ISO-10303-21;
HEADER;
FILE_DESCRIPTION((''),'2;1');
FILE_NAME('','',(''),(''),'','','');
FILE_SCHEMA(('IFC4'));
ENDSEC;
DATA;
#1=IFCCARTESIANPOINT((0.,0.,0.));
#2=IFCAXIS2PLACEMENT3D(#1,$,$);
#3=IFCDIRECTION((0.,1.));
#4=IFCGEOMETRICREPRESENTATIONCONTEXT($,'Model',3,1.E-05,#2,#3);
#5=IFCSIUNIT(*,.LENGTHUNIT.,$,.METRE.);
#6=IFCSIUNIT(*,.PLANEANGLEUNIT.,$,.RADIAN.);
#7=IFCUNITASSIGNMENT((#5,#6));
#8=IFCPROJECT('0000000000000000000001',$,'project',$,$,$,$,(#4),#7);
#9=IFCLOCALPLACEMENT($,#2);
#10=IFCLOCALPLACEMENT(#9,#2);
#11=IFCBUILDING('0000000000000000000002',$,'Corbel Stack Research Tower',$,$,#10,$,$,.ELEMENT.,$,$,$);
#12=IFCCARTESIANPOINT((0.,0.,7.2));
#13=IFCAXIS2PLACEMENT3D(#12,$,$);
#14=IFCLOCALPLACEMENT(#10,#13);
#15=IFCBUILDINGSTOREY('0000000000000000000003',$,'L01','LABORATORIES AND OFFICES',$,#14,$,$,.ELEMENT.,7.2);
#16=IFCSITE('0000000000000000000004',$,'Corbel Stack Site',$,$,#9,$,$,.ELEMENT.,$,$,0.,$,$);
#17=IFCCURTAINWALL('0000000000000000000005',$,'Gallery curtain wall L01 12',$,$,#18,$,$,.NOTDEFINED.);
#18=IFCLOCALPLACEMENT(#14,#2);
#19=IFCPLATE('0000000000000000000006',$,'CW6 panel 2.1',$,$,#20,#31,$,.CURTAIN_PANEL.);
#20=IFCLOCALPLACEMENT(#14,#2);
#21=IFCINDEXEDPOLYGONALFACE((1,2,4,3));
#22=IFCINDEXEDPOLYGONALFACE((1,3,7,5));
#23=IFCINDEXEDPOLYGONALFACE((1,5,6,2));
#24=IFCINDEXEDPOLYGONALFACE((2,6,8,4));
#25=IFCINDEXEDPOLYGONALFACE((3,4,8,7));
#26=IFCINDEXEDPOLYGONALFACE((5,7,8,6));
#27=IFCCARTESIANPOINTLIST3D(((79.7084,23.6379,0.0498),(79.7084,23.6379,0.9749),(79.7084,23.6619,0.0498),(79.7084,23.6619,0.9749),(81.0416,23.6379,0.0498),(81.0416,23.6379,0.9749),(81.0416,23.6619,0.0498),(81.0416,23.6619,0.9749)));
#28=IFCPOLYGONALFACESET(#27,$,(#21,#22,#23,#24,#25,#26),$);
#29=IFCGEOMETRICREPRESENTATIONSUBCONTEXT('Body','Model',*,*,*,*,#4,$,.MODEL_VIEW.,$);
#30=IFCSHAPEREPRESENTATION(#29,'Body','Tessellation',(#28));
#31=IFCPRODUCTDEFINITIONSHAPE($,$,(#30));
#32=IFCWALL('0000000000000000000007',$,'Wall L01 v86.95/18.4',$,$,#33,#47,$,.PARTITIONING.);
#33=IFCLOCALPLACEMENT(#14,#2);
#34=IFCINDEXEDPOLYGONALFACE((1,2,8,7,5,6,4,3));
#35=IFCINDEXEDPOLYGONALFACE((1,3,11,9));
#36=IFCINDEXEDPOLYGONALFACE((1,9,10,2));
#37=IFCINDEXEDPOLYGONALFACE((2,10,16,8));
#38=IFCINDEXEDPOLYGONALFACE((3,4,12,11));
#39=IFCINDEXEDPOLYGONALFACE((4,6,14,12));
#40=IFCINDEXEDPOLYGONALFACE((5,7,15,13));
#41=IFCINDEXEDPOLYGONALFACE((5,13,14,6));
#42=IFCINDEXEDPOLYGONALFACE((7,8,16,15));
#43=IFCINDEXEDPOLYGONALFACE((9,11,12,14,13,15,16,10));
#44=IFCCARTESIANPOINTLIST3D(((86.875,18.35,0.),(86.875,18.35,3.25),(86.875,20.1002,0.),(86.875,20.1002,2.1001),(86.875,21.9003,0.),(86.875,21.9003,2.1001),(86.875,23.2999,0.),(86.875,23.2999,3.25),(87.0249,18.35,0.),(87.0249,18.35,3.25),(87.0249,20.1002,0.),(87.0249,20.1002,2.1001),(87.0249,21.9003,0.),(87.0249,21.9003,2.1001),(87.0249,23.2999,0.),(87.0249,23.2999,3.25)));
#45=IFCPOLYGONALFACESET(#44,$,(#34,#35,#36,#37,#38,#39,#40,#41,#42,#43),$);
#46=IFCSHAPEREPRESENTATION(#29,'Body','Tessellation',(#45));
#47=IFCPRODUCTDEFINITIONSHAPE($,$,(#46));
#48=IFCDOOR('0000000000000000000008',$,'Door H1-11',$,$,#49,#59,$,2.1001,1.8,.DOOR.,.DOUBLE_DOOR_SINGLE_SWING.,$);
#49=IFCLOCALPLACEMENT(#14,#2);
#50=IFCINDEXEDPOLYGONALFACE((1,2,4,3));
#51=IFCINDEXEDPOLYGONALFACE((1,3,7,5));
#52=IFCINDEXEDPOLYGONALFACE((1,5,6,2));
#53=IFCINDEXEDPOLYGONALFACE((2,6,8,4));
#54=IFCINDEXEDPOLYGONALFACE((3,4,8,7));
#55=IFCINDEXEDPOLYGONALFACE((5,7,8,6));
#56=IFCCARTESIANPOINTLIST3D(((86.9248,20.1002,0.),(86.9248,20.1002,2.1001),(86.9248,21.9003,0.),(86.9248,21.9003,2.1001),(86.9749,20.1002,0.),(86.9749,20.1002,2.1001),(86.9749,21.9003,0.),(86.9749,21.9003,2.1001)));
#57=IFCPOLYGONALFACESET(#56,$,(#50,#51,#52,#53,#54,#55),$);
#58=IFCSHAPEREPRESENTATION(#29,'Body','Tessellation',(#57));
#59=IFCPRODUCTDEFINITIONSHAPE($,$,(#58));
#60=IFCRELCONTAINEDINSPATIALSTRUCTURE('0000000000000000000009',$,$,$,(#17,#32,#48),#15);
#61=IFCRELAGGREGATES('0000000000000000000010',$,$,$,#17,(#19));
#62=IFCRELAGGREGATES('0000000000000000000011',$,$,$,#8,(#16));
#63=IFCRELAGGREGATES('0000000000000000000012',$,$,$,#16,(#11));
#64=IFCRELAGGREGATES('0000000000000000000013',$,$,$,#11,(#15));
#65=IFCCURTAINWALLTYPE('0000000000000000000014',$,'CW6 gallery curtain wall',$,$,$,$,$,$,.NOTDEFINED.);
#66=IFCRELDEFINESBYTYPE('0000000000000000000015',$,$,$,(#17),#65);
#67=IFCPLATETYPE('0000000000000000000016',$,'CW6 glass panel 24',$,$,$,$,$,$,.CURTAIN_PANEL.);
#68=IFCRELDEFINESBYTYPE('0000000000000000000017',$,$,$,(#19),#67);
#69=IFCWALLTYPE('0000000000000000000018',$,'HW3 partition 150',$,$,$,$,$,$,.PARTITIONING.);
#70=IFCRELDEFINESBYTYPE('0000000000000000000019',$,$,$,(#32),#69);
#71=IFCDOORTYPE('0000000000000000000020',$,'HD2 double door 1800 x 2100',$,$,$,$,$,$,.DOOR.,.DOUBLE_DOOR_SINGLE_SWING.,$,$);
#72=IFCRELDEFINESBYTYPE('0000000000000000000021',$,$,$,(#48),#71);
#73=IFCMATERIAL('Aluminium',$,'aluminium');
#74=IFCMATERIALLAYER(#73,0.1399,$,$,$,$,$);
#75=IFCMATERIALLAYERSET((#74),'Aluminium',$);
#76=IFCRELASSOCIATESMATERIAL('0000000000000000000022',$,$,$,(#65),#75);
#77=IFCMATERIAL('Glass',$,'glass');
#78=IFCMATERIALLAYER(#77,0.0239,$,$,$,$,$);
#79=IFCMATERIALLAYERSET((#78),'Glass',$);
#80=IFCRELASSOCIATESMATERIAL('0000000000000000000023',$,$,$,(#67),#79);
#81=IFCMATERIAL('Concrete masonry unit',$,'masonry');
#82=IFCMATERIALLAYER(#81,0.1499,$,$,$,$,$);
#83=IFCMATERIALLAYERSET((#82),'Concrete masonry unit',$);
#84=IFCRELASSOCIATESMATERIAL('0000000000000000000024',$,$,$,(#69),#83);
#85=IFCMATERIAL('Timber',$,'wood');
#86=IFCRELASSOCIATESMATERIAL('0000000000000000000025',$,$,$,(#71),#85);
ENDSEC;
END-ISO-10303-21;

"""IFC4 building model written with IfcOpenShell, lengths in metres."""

from ifc_helpers import new_model, si_unit, direction, frame, frame_2d, origin, origin_2d, place, context, subcontext, project, spatial, rectangle, extrude, material, layer, layer_set, type_object, element, fill, aggregate, save


model = new_model("IFC4")

# Units and contexts
model_context = context("Model", 3, precision=1e-05, world=origin(), true_north=direction((0.0, 1.0)))
body_context = subcontext(model_context, "Body", "Model", "MODEL_VIEW")
ifc_project = project(units=[si_unit("LENGTHUNIT", "METRE"), si_unit("PLANEANGLEUNIT", "RADIAN")], contexts=[model_context])

# Site, building, storey
site_placement = place(None, origin())
site = spatial("IfcSite", under=ifc_project, at=site_placement, Name="Corbel Stack Site", CompositionType="ELEMENT", RefElevation=0.0)
building_placement = place(site_placement, origin())
building = spatial("IfcBuilding", under=site, at=building_placement, Name="Corbel Stack Research Tower", CompositionType="ELEMENT")
storey_placement = place(building_placement, frame((0.0, 0.0, 7.2)))
storey = spatial("IfcBuildingStorey", under=building, at=storey_placement, Name="L01", Description="LABORATORIES AND OFFICES", CompositionType="ELEMENT", Elevation=7.2)

# Shared definitions
ifc_material_1 = material(Name="Aluminium", Category="aluminium")
ifc_layer_1 = layer(ifc_material_1, 0.1399)
ifc_layer_set_1 = layer_set([ifc_layer_1], Name="Aluminium")
curtain_wall_type = type_object("IfcCurtainWallType", Name="CW6 gallery curtain wall", PredefinedType="NOTDEFINED", material=ifc_layer_set_1)

# Curtain wall
curtain_wall_1_placement = place(storey_placement, origin())
curtain_wall_1 = element("IfcCurtainWall", 1, at=curtain_wall_1_placement, inside=storey, type_object=curtain_wall_type, Name="Gallery curtain wall L01 12", PredefinedType="NOTDEFINED")

# Plate
ifc_material_2 = material(Name="Glass", Category="glass")
ifc_layer_2 = layer(ifc_material_2, 0.0239)
ifc_layer_set_2 = layer_set([ifc_layer_2], Name="Glass")
plate_type = type_object("IfcPlateType", Name="CW6 glass panel 24", PredefinedType="CURTAIN_PANEL", material=ifc_layer_set_2)
plate_1_placement = place(storey_placement, frame((80.375, 23.6499, 0.0498), z_axis=(0.0, 0.0, 1.0), x_axis=(1.0, 0.0, 0.0)))
plate_1 = element("IfcPlate", 2, at=plate_1_placement, type_object=plate_type, Name="CW6 panel 2.1", PredefinedType="CURTAIN_PANEL", context=body_context, shape_type="SweptSolid", body=[
    extrude(rectangle(XDim=1.3333, YDim=0.0239, at=origin_2d()), origin(), (0.0, 0.0, 1.0), 0.925),
])
aggregate(curtain_wall_1, [plate_1])

# Wall, opening, door
ifc_material_3 = material(Name="Concrete masonry unit", Category="masonry")
ifc_layer_3 = layer(ifc_material_3, 0.1499)
ifc_layer_set_3 = layer_set([ifc_layer_3], Name="Concrete masonry unit")
wall_type = type_object("IfcWallType", Name="HW3 partition 150", PredefinedType="PARTITIONING", material=ifc_layer_set_3)
wall_placement = place(storey_placement, frame((86.95, 23.3, 0.0), z_axis=(0.0, 0.0, 1.0), x_axis=(0.0, -1.0, 0.0)))
wall = element("IfcWall", 3, at=wall_placement, inside=storey, type_object=wall_type, Name="Wall L01 v86.95/18.4", PredefinedType="PARTITIONING", context=body_context, shape_type="SweptSolid", body=[
    extrude(rectangle(XDim=4.95, YDim=0.1499, at=frame_2d((2.4751, 0.0))), origin(), (0.0, 0.0, 1.0), 3.25),
])
opening_placement = place(wall_placement, frame((1.3999, 0.0, 0.0)))
opening = element("IfcOpeningElement", 4, at=opening_placement, cuts=wall, PredefinedType="OPENING", context=body_context, shape_type="SweptSolid", body=[
    extrude(rectangle(XDim=1.8, YDim=2.1001, at=frame_2d((0.8999, 1.05))), frame((0.0, 0.085, 0.0), z_axis=(0.0, -1.0, 0.0), x_axis=(1.0, 0.0, 0.0)), (0.0, 0.0, 1.0), 0.1699),
])
ifc_material_4 = material(Name="Timber", Category="wood")
door_type = type_object("IfcDoorType", Name="HD2 double door 1800 x 2100", OperationType="DOUBLE_DOOR_SINGLE_SWING", PredefinedType="DOOR", material=ifc_material_4)
door_placement = place(opening_placement, origin())
door = element("IfcDoor", 5, at=door_placement, inside=storey, type_object=door_type, Name="Door H1-11", OperationType="DOUBLE_DOOR_SINGLE_SWING", OverallHeight=2.1001, OverallWidth=1.8, PredefinedType="DOOR", context=body_context, shape_type="SweptSolid", body=[
    extrude(rectangle(XDim=1.8, YDim=2.1001, at=frame_2d((0.8999, 1.05))), frame((0.0, 0.0249, 0.0), z_axis=(0.0, -1.0, 0.0), x_axis=(1.0, 0.0, 0.0)), (0.0, 0.0, 1.0), 0.05),
])
fill(opening, door)

save(model, "model.ifc")
